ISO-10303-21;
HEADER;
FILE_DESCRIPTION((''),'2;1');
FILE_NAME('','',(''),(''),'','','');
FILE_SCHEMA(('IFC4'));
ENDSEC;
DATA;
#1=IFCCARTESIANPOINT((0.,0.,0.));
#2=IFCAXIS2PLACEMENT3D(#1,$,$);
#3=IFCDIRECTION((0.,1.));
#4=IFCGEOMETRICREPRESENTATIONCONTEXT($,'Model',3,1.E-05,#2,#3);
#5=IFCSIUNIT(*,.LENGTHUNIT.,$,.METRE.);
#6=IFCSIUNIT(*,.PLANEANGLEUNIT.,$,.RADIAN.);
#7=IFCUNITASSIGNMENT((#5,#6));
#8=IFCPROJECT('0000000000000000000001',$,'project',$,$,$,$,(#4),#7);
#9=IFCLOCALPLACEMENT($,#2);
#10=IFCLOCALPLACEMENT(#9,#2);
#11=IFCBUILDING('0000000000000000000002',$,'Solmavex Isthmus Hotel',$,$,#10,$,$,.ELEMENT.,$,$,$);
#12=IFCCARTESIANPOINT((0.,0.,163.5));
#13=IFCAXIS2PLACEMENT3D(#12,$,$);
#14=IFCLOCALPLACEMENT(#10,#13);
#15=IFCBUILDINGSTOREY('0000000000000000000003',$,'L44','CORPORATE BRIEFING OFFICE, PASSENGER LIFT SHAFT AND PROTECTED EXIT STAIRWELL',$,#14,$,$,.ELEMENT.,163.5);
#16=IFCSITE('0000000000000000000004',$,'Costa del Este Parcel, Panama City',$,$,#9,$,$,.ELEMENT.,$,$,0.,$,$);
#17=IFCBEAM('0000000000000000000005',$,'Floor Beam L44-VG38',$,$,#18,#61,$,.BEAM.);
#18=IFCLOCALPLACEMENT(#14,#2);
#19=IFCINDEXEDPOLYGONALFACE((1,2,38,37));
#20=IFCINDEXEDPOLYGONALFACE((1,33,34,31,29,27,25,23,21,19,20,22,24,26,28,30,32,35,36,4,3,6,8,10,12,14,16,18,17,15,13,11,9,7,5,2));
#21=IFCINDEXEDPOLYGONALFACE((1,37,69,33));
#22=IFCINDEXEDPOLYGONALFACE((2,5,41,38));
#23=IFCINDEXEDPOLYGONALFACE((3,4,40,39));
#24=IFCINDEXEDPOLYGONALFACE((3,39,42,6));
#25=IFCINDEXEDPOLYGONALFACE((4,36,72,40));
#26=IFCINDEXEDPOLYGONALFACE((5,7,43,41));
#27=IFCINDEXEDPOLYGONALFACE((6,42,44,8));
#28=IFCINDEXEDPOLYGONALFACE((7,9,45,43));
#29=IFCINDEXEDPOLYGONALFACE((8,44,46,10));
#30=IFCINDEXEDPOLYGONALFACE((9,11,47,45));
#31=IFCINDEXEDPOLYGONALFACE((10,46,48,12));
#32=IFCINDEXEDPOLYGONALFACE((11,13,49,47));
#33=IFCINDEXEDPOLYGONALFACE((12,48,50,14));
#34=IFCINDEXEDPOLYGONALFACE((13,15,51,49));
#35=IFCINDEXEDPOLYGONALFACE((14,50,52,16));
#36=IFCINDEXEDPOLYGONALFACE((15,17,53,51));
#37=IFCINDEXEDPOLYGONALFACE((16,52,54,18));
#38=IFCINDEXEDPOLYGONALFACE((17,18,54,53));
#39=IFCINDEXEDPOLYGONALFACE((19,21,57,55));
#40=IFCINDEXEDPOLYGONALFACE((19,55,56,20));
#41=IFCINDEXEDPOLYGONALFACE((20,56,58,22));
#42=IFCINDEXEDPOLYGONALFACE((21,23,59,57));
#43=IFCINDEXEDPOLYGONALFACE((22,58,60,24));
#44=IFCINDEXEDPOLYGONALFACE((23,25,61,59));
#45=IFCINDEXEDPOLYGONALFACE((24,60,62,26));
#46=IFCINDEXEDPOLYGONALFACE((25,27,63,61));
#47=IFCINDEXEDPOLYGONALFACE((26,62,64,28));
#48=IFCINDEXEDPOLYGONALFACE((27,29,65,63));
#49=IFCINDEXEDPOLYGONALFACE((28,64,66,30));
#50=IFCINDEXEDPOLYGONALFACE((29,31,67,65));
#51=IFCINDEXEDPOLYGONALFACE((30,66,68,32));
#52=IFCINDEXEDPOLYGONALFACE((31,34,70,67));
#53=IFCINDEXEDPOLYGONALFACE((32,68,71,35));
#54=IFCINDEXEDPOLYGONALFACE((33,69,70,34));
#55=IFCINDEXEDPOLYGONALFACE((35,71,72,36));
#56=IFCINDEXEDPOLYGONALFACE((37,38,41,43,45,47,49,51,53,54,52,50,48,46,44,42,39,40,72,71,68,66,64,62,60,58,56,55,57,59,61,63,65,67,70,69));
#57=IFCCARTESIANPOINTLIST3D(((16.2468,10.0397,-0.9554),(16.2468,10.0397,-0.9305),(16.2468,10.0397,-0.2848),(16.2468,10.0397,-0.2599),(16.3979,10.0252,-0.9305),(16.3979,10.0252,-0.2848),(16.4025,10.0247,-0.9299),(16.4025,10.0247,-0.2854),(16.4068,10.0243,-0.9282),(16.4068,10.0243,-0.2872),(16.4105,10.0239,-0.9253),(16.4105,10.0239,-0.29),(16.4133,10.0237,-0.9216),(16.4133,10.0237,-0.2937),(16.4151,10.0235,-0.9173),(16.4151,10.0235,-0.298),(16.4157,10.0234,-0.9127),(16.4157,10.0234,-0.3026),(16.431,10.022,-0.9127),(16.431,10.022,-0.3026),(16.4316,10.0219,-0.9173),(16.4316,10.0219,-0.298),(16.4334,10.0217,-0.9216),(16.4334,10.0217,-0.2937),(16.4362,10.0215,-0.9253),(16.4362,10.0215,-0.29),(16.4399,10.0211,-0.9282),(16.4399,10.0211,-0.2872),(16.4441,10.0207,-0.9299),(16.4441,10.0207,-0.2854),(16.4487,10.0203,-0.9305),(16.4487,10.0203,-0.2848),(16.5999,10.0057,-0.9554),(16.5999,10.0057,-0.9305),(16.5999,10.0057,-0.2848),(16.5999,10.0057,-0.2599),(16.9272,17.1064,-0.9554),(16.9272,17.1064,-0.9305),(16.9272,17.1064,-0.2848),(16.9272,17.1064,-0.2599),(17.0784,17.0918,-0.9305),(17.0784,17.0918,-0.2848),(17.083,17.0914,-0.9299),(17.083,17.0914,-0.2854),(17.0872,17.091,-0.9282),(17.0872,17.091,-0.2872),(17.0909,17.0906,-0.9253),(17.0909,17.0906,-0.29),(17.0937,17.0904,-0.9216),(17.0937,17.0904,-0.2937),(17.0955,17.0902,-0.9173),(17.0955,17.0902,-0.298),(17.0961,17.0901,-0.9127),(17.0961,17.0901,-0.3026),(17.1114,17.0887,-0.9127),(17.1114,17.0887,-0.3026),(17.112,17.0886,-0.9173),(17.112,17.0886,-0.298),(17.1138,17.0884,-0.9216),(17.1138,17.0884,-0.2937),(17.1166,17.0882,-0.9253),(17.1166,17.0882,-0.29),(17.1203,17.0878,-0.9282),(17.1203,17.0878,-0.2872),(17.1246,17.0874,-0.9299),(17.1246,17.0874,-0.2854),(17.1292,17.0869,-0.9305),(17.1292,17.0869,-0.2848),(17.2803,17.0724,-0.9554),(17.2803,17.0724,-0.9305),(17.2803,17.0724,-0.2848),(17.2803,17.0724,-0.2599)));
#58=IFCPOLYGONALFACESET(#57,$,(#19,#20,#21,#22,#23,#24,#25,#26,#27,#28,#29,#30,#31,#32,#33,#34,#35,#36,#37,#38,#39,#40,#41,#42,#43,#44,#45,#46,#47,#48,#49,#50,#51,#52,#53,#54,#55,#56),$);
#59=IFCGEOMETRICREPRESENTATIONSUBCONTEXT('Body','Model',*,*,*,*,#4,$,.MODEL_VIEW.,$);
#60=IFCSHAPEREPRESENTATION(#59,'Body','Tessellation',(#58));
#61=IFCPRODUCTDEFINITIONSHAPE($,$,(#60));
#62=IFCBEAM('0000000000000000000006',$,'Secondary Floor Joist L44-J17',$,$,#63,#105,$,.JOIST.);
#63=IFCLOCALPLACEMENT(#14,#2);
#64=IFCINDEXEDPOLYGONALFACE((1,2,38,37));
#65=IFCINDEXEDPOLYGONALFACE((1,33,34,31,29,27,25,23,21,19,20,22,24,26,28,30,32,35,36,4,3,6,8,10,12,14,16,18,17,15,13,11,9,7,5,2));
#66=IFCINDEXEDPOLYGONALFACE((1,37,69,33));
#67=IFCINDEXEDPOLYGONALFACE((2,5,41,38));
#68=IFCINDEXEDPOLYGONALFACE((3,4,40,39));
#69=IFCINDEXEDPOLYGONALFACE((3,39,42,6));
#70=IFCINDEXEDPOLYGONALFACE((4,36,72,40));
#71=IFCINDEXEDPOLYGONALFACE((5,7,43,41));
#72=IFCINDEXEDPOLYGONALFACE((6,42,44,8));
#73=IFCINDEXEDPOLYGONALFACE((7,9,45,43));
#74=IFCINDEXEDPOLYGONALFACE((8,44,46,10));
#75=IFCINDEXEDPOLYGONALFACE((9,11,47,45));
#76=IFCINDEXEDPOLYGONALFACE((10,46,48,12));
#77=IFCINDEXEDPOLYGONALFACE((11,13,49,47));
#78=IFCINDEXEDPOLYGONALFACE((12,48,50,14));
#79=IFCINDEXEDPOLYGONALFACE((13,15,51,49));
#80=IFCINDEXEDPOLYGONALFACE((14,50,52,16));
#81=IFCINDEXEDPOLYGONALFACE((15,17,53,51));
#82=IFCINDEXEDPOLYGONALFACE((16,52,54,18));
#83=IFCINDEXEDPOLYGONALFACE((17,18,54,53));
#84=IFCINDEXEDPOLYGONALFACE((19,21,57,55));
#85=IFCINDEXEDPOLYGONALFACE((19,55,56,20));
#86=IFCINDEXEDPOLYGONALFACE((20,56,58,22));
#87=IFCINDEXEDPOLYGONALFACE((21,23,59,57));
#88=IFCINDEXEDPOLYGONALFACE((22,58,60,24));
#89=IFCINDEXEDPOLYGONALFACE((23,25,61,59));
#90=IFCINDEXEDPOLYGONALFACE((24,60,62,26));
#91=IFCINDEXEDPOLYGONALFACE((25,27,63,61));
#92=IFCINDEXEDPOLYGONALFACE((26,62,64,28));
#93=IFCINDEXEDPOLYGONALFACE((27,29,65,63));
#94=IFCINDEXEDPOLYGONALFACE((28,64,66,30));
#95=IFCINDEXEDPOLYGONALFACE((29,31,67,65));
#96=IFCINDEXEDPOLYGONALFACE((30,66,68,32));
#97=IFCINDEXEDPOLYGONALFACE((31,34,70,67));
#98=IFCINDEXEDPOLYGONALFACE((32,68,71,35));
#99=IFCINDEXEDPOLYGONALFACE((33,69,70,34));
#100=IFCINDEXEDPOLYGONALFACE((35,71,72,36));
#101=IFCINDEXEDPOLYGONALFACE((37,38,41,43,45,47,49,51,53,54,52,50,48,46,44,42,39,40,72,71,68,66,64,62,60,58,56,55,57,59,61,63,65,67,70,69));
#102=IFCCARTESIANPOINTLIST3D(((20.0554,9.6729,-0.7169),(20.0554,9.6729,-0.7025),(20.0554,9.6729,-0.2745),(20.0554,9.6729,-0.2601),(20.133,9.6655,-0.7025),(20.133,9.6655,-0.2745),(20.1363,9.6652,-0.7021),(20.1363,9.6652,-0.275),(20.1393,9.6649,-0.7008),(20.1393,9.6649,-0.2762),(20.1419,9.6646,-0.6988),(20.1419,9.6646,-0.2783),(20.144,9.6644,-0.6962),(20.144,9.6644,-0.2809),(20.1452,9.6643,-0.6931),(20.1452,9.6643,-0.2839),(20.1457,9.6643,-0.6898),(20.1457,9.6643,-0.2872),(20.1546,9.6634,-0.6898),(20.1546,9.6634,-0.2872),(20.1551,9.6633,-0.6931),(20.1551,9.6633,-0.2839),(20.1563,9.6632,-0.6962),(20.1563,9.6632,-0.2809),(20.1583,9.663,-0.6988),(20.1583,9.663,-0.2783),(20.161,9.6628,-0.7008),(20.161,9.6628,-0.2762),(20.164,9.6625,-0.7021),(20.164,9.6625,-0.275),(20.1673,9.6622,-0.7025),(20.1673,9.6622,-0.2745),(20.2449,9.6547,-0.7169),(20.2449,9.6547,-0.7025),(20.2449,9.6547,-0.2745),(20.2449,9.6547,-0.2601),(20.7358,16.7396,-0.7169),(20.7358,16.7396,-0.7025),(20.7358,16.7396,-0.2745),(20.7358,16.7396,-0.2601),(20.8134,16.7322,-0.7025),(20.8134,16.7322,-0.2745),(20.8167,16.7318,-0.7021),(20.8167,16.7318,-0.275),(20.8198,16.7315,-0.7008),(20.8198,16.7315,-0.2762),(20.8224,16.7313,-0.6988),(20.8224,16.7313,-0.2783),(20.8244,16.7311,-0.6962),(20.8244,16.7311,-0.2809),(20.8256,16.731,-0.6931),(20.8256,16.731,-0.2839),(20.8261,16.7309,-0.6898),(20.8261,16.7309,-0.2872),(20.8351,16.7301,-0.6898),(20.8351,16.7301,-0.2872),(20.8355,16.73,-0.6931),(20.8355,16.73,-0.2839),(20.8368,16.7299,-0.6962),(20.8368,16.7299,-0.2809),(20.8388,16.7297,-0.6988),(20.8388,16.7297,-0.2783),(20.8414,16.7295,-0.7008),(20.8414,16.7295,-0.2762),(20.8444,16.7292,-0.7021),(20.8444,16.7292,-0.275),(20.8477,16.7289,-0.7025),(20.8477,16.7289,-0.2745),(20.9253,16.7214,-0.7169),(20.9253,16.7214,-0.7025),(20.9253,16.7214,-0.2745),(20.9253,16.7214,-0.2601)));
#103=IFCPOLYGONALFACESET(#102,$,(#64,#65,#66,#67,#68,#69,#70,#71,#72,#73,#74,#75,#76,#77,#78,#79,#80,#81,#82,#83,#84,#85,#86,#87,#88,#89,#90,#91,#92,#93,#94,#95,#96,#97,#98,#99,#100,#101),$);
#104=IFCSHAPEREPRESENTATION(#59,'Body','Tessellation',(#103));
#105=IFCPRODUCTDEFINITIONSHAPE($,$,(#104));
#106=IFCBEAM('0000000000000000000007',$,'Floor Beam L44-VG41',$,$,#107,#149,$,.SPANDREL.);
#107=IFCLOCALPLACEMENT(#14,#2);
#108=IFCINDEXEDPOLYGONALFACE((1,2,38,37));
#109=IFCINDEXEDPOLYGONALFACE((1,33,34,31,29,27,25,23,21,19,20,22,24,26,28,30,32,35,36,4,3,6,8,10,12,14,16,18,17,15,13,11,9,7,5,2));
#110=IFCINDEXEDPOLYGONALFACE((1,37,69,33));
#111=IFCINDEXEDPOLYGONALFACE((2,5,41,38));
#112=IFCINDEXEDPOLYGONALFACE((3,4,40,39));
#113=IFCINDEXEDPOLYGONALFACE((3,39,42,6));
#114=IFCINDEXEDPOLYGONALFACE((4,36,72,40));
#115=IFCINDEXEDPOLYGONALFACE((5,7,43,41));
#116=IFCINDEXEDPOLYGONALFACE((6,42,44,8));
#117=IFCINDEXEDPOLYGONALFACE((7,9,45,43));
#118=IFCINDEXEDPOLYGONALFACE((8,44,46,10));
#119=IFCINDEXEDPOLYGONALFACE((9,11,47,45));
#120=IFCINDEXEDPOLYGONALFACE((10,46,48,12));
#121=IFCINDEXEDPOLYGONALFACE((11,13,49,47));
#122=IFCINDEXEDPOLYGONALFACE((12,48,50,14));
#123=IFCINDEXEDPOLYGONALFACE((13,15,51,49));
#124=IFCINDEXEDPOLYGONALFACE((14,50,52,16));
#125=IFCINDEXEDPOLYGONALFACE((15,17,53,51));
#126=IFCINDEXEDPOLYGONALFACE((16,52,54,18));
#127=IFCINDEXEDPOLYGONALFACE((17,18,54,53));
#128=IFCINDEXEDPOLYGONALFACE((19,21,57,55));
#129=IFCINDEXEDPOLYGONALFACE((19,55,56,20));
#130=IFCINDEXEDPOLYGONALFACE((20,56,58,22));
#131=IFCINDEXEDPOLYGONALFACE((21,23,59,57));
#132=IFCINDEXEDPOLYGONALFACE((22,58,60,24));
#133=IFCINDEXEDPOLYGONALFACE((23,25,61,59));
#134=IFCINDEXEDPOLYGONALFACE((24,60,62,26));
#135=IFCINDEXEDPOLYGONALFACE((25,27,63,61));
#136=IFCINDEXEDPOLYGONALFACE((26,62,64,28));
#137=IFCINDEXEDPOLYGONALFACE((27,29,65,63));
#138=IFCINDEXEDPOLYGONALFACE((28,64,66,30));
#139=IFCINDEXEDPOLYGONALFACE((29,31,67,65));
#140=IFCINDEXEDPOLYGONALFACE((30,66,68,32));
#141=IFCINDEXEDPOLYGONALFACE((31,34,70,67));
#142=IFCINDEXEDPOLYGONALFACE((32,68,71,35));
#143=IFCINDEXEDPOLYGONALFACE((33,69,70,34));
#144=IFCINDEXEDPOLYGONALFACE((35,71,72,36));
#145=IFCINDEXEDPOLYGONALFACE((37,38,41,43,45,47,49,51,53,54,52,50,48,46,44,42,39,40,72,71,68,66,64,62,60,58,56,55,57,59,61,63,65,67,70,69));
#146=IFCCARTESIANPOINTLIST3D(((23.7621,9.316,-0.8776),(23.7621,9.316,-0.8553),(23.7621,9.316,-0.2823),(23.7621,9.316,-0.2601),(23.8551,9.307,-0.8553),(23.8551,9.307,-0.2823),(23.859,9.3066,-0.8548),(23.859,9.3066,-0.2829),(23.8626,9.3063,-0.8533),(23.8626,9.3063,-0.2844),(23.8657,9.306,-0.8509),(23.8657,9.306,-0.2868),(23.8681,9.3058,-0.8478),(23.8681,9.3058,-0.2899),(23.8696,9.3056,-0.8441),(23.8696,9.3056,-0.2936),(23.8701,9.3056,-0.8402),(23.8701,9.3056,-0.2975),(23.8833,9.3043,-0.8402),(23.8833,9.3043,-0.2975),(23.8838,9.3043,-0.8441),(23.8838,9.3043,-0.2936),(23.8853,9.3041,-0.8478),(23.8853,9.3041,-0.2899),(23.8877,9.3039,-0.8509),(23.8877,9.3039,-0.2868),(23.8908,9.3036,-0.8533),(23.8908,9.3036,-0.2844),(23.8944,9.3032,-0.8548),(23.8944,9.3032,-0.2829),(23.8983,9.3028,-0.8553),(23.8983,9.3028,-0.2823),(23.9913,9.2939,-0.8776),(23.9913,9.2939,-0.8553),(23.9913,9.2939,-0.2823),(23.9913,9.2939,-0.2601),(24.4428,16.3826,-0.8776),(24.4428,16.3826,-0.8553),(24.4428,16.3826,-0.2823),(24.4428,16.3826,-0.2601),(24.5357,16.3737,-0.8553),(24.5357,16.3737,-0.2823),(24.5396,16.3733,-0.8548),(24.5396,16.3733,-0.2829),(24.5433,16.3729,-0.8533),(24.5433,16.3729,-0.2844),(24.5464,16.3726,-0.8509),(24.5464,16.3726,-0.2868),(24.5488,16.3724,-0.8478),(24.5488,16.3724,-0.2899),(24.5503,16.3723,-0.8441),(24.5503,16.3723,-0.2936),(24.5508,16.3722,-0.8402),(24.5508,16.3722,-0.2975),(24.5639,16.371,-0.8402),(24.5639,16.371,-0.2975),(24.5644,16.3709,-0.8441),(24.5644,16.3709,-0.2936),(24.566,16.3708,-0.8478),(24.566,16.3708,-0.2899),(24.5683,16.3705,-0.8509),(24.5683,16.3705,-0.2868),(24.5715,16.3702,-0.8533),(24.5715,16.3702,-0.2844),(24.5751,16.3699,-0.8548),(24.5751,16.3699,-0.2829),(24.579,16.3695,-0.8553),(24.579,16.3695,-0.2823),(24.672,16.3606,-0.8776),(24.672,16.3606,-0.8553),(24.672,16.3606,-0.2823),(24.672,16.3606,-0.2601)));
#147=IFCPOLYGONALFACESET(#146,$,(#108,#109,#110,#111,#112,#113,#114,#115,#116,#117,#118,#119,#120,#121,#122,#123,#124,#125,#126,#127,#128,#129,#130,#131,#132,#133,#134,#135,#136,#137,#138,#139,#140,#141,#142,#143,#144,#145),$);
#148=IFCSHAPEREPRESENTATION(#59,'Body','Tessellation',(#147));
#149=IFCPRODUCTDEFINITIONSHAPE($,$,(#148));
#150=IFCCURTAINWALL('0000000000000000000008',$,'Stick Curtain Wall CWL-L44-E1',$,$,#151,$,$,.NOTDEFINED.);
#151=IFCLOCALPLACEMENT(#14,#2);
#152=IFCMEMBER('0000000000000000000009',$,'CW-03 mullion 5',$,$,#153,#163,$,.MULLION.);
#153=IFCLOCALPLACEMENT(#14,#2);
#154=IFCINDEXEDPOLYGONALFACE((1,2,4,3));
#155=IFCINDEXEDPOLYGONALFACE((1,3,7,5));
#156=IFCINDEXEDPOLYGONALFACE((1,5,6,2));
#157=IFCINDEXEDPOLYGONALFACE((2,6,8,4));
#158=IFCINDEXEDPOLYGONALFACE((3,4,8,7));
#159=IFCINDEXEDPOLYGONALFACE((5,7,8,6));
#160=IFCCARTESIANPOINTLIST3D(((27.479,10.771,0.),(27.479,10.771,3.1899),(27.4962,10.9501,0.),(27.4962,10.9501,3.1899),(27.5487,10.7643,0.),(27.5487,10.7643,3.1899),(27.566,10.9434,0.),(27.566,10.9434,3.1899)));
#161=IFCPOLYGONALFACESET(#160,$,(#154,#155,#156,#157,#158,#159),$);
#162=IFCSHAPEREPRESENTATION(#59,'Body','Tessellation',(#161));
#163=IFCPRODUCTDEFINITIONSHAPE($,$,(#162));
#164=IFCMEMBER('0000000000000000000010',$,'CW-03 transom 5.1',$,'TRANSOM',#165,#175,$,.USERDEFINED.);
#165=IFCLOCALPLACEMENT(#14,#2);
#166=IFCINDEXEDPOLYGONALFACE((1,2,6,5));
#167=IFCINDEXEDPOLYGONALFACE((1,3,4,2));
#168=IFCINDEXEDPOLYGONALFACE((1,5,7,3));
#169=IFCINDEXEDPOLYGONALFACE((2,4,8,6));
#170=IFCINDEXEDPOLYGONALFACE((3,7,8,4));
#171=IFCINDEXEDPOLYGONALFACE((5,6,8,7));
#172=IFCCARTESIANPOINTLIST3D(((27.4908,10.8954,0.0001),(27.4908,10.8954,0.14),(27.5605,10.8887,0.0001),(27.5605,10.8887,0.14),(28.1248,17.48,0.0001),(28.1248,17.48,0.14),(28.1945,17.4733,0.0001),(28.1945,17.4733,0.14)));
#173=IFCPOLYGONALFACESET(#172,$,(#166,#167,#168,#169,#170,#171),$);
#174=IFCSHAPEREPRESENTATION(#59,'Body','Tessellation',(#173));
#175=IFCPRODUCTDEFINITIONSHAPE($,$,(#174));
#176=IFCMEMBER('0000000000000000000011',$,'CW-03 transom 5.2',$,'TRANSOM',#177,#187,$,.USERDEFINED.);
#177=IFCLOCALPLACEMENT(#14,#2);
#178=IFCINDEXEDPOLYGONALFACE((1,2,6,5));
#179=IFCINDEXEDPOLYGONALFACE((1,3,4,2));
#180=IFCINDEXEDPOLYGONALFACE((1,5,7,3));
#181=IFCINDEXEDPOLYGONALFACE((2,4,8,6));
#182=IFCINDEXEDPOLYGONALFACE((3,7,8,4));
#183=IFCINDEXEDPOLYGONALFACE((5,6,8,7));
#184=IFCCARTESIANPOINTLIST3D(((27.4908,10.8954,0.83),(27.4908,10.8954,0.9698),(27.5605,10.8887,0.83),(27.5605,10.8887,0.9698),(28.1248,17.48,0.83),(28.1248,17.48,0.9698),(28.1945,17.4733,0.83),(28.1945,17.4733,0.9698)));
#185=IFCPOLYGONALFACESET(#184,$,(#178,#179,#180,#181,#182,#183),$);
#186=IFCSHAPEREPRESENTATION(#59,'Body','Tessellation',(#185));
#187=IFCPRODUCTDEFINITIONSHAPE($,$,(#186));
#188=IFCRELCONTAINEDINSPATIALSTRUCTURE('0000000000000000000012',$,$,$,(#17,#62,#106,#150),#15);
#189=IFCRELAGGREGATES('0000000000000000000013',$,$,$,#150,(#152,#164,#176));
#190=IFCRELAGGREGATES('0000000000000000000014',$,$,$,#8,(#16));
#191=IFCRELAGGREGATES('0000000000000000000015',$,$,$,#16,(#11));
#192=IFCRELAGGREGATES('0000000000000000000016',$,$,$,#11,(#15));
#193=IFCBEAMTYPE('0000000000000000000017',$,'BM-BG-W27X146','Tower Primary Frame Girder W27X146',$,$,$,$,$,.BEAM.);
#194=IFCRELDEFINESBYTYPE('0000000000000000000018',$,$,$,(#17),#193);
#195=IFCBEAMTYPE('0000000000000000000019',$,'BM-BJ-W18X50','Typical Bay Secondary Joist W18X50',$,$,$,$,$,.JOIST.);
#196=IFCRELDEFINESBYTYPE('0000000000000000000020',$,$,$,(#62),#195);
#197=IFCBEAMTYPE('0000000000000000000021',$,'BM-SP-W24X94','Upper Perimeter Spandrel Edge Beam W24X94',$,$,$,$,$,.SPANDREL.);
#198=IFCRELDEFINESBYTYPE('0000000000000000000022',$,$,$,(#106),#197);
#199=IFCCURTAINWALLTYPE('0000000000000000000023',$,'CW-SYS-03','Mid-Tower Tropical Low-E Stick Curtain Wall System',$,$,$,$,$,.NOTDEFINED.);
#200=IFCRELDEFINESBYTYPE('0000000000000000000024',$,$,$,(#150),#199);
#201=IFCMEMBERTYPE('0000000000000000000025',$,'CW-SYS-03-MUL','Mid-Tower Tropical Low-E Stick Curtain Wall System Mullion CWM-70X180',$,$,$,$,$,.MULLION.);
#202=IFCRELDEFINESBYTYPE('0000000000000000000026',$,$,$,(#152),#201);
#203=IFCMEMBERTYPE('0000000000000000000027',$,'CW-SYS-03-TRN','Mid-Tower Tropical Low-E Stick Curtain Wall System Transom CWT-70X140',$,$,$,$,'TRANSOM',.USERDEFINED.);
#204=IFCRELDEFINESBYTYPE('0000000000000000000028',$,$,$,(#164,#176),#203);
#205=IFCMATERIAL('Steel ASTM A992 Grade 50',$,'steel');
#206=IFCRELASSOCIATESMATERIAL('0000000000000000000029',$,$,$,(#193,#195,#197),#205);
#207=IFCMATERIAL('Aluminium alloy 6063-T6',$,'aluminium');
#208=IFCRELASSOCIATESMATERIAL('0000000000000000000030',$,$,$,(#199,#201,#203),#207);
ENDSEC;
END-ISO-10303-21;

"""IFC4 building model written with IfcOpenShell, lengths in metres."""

from ifc_helpers import new_model, si_unit, direction, frame, origin, origin_2d, place, context, subcontext, project, spatial, rectangle, i_section, extrude, material, material_profile, profile_set, type_object, element, aggregate, save


model = new_model("IFC4")

# Units and contexts
model_context = context("Model", 3, precision=1e-05, world=origin(), true_north=direction((0.0, 1.0)))
body_context = subcontext(model_context, "Body", "Model", "MODEL_VIEW")
ifc_project = project(units=[si_unit("LENGTHUNIT", "METRE"), si_unit("PLANEANGLEUNIT", "RADIAN")], contexts=[model_context])

# Site, building, storey
site_placement = place(None, origin())
site = spatial("IfcSite", under=ifc_project, at=site_placement, Name="Costa del Este Parcel, Panama City", CompositionType="ELEMENT", RefElevation=0.0)
building_placement = place(site_placement, origin())
building = spatial("IfcBuilding", under=site, at=building_placement, Name="Solmavex Isthmus Hotel", CompositionType="ELEMENT")
storey_placement = place(building_placement, frame((0.0, 0.0, 163.5)))
storey = spatial("IfcBuildingStorey", under=building, at=storey_placement, Name="L44", Description="CORPORATE BRIEFING OFFICE, PASSENGER LIFT SHAFT AND PROTECTED EXIT STAIRWELL", CompositionType="ELEMENT", Elevation=163.5)

# Beams
ifc_material_1 = material(Name="Steel ASTM A992 Grade 50", Category="steel")
ifc_material_profile_1 = material_profile(ifc_material_1, i_section(OverallWidth=0.3547, OverallDepth=0.6956, WebThickness=0.0154, FlangeThickness=0.0249, FilletRadius=0.0178, at=origin_2d()), Name="W27X146")
ifc_profile_set_1 = profile_set([ifc_material_profile_1], Name="Steel ASTM A992 Grade 50")
beam_type_1 = type_object("IfcBeamType", Name="BM-BG-W27X146", Description="Tower Primary Frame Girder W27X146", PredefinedType="BEAM", material=ifc_profile_set_1)
beam_1_placement = place(storey_placement, frame((16.4233, 10.0227, -0.6077), z_axis=(0.095843, 0.995396, 0.0), x_axis=(-0.995396, 0.095843, 0.0)))
element("IfcBeam", 1, at=beam_1_placement, inside=storey, type_object=beam_type_1, Name="Floor Beam L44-VG38", PredefinedType="BEAM", context=body_context, shape_type="SweptSolid", body=[
    extrude(i_section(OverallWidth=0.3547, OverallDepth=0.6956, WebThickness=0.0154, FlangeThickness=0.0249, FilletRadius=0.0178, at=origin_2d()), origin(), (0.0, 0.0, 1.0), 7.0994),
])
ifc_material_profile_2 = material_profile(ifc_material_1, i_section(OverallWidth=0.1904, OverallDepth=0.4568, WebThickness=0.009, FlangeThickness=0.0144, FilletRadius=0.0127, at=origin_2d()), Name="W18X50")
ifc_profile_set_2 = profile_set([ifc_material_profile_2], Name="Steel ASTM A992 Grade 50")
beam_type_2 = type_object("IfcBeamType", Name="BM-BJ-W18X50", Description="Typical Bay Secondary Joist W18X50", PredefinedType="JOIST", material=ifc_profile_set_2)
beam_2_placement = place(storey_placement, frame((20.1501, 9.6638, -0.4885), z_axis=(0.095843, 0.995396, 0.0), x_axis=(-0.995396, 0.095843, 0.0)))
element("IfcBeam", 2, at=beam_2_placement, inside=storey, type_object=beam_type_2, Name="Secondary Floor Joist L44-J17", PredefinedType="JOIST", context=body_context, shape_type="SweptSolid", body=[
    extrude(i_section(OverallWidth=0.1904, OverallDepth=0.4568, WebThickness=0.009, FlangeThickness=0.0144, FilletRadius=0.0127, at=origin_2d()), origin(), (0.0, 0.0, 1.0), 7.0994),
])
ifc_material_profile_3 = material_profile(ifc_material_1, i_section(OverallWidth=0.2302, OverallDepth=0.6174, WebThickness=0.0132, FlangeThickness=0.0222, FilletRadius=0.0151, at=origin_2d()), Name="W24X94")
ifc_profile_set_3 = profile_set([ifc_material_profile_3], Name="Steel ASTM A992 Grade 50")
beam_type_3 = type_object("IfcBeamType", Name="BM-SP-W24X94", Description="Upper Perimeter Spandrel Edge Beam W24X94", PredefinedType="SPANDREL", material=ifc_profile_set_3)
beam_3_placement = place(storey_placement, frame((23.8767, 9.3049, -0.5688), z_axis=(0.095877, 0.995393, 0.0), x_axis=(-0.995393, 0.095877, 0.0)))
element("IfcBeam", 3, at=beam_3_placement, inside=storey, type_object=beam_type_3, Name="Floor Beam L44-VG41", PredefinedType="SPANDREL", context=body_context, shape_type="SweptSolid", body=[
    extrude(i_section(OverallWidth=0.2302, OverallDepth=0.6174, WebThickness=0.0132, FlangeThickness=0.0222, FilletRadius=0.0151, at=origin_2d()), origin(), (0.0, 0.0, 1.0), 7.0994),
])

# Curtain wall, members
ifc_material_2 = material(Name="Aluminium alloy 6063-T6", Category="aluminium")
curtain_wall_type = type_object("IfcCurtainWallType", Name="CW-SYS-03", Description="Mid-Tower Tropical Low-E Stick Curtain Wall System", PredefinedType="NOTDEFINED", material=ifc_material_2)
curtain_wall_placement = place(storey_placement, origin())
curtain_wall = element("IfcCurtainWall", 4, at=curtain_wall_placement, inside=storey, type_object=curtain_wall_type, Name="Stick Curtain Wall CWL-L44-E1", PredefinedType="NOTDEFINED")
ifc_material_profile_4 = material_profile(ifc_material_2, rectangle(XDim=0.0701, YDim=0.1799, at=origin_2d()), Name="CWM-70X180")
ifc_profile_set_4 = profile_set([ifc_material_profile_4], Name="Aluminium alloy 6063-T6")
member_type_1 = type_object("IfcMemberType", Name="CW-SYS-03-MUL", Description="Mid-Tower Tropical Low-E Stick Curtain Wall System Mullion CWM-70X180", PredefinedType="MULLION", material=ifc_profile_set_4)
member_1_placement = place(storey_placement, frame((27.5225, 10.8572, 0.0), z_axis=(0.0, 0.0, 1.0), x_axis=(-0.995396, 0.095846, 0.0)))
member_1 = element("IfcMember", 5, at=member_1_placement, type_object=member_type_1, Name="CW-03 mullion 5", PredefinedType="MULLION", context=body_context, shape_type="SweptSolid", body=[
    extrude(rectangle(XDim=0.0701, YDim=0.1799, at=origin_2d()), origin(), (0.0, 0.0, 1.0), 3.1899),
])
ifc_material_profile_5 = material_profile(ifc_material_2, rectangle(XDim=0.0701, YDim=0.1399, at=origin_2d()), Name="CWT-70X140")
ifc_profile_set_5 = profile_set([ifc_material_profile_5], Name="Aluminium alloy 6063-T6")
member_type_2 = type_object("IfcMemberType", Name="CW-SYS-03-TRN", Description="Mid-Tower Tropical Low-E Stick Curtain Wall System Transom CWT-70X140", ElementType="TRANSOM", PredefinedType="USERDEFINED", material=ifc_profile_set_5)
member_2_placement = place(storey_placement, frame((27.5256, 10.8921, 0.0701), z_axis=(0.095849, 0.995396, 0.0), x_axis=(-0.995396, 0.095849, 0.0)))
member_2 = element("IfcMember", 6, at=member_2_placement, type_object=member_type_2, Name="CW-03 transom 5.1", ObjectType="TRANSOM", PredefinedType="USERDEFINED", context=body_context, shape_type="SweptSolid", body=[
    extrude(rectangle(XDim=0.0701, YDim=0.1399, at=origin_2d()), origin(), (0.0, 0.0, 1.0), 6.615),
])
member_3_placement = place(storey_placement, frame((27.5256, 10.8921, 0.8999), z_axis=(0.095849, 0.995396, 0.0), x_axis=(-0.995396, 0.095849, 0.0)))
member_3 = element("IfcMember", 7, at=member_3_placement, type_object=member_type_2, Name="CW-03 transom 5.2", ObjectType="TRANSOM", PredefinedType="USERDEFINED", context=body_context, shape_type="SweptSolid", body=[
    extrude(rectangle(XDim=0.0701, YDim=0.1399, at=origin_2d()), origin(), (0.0, 0.0, 1.0), 6.615),
])
aggregate(curtain_wall, [member_1, member_2, member_3])

save(model, "model.ifc")
